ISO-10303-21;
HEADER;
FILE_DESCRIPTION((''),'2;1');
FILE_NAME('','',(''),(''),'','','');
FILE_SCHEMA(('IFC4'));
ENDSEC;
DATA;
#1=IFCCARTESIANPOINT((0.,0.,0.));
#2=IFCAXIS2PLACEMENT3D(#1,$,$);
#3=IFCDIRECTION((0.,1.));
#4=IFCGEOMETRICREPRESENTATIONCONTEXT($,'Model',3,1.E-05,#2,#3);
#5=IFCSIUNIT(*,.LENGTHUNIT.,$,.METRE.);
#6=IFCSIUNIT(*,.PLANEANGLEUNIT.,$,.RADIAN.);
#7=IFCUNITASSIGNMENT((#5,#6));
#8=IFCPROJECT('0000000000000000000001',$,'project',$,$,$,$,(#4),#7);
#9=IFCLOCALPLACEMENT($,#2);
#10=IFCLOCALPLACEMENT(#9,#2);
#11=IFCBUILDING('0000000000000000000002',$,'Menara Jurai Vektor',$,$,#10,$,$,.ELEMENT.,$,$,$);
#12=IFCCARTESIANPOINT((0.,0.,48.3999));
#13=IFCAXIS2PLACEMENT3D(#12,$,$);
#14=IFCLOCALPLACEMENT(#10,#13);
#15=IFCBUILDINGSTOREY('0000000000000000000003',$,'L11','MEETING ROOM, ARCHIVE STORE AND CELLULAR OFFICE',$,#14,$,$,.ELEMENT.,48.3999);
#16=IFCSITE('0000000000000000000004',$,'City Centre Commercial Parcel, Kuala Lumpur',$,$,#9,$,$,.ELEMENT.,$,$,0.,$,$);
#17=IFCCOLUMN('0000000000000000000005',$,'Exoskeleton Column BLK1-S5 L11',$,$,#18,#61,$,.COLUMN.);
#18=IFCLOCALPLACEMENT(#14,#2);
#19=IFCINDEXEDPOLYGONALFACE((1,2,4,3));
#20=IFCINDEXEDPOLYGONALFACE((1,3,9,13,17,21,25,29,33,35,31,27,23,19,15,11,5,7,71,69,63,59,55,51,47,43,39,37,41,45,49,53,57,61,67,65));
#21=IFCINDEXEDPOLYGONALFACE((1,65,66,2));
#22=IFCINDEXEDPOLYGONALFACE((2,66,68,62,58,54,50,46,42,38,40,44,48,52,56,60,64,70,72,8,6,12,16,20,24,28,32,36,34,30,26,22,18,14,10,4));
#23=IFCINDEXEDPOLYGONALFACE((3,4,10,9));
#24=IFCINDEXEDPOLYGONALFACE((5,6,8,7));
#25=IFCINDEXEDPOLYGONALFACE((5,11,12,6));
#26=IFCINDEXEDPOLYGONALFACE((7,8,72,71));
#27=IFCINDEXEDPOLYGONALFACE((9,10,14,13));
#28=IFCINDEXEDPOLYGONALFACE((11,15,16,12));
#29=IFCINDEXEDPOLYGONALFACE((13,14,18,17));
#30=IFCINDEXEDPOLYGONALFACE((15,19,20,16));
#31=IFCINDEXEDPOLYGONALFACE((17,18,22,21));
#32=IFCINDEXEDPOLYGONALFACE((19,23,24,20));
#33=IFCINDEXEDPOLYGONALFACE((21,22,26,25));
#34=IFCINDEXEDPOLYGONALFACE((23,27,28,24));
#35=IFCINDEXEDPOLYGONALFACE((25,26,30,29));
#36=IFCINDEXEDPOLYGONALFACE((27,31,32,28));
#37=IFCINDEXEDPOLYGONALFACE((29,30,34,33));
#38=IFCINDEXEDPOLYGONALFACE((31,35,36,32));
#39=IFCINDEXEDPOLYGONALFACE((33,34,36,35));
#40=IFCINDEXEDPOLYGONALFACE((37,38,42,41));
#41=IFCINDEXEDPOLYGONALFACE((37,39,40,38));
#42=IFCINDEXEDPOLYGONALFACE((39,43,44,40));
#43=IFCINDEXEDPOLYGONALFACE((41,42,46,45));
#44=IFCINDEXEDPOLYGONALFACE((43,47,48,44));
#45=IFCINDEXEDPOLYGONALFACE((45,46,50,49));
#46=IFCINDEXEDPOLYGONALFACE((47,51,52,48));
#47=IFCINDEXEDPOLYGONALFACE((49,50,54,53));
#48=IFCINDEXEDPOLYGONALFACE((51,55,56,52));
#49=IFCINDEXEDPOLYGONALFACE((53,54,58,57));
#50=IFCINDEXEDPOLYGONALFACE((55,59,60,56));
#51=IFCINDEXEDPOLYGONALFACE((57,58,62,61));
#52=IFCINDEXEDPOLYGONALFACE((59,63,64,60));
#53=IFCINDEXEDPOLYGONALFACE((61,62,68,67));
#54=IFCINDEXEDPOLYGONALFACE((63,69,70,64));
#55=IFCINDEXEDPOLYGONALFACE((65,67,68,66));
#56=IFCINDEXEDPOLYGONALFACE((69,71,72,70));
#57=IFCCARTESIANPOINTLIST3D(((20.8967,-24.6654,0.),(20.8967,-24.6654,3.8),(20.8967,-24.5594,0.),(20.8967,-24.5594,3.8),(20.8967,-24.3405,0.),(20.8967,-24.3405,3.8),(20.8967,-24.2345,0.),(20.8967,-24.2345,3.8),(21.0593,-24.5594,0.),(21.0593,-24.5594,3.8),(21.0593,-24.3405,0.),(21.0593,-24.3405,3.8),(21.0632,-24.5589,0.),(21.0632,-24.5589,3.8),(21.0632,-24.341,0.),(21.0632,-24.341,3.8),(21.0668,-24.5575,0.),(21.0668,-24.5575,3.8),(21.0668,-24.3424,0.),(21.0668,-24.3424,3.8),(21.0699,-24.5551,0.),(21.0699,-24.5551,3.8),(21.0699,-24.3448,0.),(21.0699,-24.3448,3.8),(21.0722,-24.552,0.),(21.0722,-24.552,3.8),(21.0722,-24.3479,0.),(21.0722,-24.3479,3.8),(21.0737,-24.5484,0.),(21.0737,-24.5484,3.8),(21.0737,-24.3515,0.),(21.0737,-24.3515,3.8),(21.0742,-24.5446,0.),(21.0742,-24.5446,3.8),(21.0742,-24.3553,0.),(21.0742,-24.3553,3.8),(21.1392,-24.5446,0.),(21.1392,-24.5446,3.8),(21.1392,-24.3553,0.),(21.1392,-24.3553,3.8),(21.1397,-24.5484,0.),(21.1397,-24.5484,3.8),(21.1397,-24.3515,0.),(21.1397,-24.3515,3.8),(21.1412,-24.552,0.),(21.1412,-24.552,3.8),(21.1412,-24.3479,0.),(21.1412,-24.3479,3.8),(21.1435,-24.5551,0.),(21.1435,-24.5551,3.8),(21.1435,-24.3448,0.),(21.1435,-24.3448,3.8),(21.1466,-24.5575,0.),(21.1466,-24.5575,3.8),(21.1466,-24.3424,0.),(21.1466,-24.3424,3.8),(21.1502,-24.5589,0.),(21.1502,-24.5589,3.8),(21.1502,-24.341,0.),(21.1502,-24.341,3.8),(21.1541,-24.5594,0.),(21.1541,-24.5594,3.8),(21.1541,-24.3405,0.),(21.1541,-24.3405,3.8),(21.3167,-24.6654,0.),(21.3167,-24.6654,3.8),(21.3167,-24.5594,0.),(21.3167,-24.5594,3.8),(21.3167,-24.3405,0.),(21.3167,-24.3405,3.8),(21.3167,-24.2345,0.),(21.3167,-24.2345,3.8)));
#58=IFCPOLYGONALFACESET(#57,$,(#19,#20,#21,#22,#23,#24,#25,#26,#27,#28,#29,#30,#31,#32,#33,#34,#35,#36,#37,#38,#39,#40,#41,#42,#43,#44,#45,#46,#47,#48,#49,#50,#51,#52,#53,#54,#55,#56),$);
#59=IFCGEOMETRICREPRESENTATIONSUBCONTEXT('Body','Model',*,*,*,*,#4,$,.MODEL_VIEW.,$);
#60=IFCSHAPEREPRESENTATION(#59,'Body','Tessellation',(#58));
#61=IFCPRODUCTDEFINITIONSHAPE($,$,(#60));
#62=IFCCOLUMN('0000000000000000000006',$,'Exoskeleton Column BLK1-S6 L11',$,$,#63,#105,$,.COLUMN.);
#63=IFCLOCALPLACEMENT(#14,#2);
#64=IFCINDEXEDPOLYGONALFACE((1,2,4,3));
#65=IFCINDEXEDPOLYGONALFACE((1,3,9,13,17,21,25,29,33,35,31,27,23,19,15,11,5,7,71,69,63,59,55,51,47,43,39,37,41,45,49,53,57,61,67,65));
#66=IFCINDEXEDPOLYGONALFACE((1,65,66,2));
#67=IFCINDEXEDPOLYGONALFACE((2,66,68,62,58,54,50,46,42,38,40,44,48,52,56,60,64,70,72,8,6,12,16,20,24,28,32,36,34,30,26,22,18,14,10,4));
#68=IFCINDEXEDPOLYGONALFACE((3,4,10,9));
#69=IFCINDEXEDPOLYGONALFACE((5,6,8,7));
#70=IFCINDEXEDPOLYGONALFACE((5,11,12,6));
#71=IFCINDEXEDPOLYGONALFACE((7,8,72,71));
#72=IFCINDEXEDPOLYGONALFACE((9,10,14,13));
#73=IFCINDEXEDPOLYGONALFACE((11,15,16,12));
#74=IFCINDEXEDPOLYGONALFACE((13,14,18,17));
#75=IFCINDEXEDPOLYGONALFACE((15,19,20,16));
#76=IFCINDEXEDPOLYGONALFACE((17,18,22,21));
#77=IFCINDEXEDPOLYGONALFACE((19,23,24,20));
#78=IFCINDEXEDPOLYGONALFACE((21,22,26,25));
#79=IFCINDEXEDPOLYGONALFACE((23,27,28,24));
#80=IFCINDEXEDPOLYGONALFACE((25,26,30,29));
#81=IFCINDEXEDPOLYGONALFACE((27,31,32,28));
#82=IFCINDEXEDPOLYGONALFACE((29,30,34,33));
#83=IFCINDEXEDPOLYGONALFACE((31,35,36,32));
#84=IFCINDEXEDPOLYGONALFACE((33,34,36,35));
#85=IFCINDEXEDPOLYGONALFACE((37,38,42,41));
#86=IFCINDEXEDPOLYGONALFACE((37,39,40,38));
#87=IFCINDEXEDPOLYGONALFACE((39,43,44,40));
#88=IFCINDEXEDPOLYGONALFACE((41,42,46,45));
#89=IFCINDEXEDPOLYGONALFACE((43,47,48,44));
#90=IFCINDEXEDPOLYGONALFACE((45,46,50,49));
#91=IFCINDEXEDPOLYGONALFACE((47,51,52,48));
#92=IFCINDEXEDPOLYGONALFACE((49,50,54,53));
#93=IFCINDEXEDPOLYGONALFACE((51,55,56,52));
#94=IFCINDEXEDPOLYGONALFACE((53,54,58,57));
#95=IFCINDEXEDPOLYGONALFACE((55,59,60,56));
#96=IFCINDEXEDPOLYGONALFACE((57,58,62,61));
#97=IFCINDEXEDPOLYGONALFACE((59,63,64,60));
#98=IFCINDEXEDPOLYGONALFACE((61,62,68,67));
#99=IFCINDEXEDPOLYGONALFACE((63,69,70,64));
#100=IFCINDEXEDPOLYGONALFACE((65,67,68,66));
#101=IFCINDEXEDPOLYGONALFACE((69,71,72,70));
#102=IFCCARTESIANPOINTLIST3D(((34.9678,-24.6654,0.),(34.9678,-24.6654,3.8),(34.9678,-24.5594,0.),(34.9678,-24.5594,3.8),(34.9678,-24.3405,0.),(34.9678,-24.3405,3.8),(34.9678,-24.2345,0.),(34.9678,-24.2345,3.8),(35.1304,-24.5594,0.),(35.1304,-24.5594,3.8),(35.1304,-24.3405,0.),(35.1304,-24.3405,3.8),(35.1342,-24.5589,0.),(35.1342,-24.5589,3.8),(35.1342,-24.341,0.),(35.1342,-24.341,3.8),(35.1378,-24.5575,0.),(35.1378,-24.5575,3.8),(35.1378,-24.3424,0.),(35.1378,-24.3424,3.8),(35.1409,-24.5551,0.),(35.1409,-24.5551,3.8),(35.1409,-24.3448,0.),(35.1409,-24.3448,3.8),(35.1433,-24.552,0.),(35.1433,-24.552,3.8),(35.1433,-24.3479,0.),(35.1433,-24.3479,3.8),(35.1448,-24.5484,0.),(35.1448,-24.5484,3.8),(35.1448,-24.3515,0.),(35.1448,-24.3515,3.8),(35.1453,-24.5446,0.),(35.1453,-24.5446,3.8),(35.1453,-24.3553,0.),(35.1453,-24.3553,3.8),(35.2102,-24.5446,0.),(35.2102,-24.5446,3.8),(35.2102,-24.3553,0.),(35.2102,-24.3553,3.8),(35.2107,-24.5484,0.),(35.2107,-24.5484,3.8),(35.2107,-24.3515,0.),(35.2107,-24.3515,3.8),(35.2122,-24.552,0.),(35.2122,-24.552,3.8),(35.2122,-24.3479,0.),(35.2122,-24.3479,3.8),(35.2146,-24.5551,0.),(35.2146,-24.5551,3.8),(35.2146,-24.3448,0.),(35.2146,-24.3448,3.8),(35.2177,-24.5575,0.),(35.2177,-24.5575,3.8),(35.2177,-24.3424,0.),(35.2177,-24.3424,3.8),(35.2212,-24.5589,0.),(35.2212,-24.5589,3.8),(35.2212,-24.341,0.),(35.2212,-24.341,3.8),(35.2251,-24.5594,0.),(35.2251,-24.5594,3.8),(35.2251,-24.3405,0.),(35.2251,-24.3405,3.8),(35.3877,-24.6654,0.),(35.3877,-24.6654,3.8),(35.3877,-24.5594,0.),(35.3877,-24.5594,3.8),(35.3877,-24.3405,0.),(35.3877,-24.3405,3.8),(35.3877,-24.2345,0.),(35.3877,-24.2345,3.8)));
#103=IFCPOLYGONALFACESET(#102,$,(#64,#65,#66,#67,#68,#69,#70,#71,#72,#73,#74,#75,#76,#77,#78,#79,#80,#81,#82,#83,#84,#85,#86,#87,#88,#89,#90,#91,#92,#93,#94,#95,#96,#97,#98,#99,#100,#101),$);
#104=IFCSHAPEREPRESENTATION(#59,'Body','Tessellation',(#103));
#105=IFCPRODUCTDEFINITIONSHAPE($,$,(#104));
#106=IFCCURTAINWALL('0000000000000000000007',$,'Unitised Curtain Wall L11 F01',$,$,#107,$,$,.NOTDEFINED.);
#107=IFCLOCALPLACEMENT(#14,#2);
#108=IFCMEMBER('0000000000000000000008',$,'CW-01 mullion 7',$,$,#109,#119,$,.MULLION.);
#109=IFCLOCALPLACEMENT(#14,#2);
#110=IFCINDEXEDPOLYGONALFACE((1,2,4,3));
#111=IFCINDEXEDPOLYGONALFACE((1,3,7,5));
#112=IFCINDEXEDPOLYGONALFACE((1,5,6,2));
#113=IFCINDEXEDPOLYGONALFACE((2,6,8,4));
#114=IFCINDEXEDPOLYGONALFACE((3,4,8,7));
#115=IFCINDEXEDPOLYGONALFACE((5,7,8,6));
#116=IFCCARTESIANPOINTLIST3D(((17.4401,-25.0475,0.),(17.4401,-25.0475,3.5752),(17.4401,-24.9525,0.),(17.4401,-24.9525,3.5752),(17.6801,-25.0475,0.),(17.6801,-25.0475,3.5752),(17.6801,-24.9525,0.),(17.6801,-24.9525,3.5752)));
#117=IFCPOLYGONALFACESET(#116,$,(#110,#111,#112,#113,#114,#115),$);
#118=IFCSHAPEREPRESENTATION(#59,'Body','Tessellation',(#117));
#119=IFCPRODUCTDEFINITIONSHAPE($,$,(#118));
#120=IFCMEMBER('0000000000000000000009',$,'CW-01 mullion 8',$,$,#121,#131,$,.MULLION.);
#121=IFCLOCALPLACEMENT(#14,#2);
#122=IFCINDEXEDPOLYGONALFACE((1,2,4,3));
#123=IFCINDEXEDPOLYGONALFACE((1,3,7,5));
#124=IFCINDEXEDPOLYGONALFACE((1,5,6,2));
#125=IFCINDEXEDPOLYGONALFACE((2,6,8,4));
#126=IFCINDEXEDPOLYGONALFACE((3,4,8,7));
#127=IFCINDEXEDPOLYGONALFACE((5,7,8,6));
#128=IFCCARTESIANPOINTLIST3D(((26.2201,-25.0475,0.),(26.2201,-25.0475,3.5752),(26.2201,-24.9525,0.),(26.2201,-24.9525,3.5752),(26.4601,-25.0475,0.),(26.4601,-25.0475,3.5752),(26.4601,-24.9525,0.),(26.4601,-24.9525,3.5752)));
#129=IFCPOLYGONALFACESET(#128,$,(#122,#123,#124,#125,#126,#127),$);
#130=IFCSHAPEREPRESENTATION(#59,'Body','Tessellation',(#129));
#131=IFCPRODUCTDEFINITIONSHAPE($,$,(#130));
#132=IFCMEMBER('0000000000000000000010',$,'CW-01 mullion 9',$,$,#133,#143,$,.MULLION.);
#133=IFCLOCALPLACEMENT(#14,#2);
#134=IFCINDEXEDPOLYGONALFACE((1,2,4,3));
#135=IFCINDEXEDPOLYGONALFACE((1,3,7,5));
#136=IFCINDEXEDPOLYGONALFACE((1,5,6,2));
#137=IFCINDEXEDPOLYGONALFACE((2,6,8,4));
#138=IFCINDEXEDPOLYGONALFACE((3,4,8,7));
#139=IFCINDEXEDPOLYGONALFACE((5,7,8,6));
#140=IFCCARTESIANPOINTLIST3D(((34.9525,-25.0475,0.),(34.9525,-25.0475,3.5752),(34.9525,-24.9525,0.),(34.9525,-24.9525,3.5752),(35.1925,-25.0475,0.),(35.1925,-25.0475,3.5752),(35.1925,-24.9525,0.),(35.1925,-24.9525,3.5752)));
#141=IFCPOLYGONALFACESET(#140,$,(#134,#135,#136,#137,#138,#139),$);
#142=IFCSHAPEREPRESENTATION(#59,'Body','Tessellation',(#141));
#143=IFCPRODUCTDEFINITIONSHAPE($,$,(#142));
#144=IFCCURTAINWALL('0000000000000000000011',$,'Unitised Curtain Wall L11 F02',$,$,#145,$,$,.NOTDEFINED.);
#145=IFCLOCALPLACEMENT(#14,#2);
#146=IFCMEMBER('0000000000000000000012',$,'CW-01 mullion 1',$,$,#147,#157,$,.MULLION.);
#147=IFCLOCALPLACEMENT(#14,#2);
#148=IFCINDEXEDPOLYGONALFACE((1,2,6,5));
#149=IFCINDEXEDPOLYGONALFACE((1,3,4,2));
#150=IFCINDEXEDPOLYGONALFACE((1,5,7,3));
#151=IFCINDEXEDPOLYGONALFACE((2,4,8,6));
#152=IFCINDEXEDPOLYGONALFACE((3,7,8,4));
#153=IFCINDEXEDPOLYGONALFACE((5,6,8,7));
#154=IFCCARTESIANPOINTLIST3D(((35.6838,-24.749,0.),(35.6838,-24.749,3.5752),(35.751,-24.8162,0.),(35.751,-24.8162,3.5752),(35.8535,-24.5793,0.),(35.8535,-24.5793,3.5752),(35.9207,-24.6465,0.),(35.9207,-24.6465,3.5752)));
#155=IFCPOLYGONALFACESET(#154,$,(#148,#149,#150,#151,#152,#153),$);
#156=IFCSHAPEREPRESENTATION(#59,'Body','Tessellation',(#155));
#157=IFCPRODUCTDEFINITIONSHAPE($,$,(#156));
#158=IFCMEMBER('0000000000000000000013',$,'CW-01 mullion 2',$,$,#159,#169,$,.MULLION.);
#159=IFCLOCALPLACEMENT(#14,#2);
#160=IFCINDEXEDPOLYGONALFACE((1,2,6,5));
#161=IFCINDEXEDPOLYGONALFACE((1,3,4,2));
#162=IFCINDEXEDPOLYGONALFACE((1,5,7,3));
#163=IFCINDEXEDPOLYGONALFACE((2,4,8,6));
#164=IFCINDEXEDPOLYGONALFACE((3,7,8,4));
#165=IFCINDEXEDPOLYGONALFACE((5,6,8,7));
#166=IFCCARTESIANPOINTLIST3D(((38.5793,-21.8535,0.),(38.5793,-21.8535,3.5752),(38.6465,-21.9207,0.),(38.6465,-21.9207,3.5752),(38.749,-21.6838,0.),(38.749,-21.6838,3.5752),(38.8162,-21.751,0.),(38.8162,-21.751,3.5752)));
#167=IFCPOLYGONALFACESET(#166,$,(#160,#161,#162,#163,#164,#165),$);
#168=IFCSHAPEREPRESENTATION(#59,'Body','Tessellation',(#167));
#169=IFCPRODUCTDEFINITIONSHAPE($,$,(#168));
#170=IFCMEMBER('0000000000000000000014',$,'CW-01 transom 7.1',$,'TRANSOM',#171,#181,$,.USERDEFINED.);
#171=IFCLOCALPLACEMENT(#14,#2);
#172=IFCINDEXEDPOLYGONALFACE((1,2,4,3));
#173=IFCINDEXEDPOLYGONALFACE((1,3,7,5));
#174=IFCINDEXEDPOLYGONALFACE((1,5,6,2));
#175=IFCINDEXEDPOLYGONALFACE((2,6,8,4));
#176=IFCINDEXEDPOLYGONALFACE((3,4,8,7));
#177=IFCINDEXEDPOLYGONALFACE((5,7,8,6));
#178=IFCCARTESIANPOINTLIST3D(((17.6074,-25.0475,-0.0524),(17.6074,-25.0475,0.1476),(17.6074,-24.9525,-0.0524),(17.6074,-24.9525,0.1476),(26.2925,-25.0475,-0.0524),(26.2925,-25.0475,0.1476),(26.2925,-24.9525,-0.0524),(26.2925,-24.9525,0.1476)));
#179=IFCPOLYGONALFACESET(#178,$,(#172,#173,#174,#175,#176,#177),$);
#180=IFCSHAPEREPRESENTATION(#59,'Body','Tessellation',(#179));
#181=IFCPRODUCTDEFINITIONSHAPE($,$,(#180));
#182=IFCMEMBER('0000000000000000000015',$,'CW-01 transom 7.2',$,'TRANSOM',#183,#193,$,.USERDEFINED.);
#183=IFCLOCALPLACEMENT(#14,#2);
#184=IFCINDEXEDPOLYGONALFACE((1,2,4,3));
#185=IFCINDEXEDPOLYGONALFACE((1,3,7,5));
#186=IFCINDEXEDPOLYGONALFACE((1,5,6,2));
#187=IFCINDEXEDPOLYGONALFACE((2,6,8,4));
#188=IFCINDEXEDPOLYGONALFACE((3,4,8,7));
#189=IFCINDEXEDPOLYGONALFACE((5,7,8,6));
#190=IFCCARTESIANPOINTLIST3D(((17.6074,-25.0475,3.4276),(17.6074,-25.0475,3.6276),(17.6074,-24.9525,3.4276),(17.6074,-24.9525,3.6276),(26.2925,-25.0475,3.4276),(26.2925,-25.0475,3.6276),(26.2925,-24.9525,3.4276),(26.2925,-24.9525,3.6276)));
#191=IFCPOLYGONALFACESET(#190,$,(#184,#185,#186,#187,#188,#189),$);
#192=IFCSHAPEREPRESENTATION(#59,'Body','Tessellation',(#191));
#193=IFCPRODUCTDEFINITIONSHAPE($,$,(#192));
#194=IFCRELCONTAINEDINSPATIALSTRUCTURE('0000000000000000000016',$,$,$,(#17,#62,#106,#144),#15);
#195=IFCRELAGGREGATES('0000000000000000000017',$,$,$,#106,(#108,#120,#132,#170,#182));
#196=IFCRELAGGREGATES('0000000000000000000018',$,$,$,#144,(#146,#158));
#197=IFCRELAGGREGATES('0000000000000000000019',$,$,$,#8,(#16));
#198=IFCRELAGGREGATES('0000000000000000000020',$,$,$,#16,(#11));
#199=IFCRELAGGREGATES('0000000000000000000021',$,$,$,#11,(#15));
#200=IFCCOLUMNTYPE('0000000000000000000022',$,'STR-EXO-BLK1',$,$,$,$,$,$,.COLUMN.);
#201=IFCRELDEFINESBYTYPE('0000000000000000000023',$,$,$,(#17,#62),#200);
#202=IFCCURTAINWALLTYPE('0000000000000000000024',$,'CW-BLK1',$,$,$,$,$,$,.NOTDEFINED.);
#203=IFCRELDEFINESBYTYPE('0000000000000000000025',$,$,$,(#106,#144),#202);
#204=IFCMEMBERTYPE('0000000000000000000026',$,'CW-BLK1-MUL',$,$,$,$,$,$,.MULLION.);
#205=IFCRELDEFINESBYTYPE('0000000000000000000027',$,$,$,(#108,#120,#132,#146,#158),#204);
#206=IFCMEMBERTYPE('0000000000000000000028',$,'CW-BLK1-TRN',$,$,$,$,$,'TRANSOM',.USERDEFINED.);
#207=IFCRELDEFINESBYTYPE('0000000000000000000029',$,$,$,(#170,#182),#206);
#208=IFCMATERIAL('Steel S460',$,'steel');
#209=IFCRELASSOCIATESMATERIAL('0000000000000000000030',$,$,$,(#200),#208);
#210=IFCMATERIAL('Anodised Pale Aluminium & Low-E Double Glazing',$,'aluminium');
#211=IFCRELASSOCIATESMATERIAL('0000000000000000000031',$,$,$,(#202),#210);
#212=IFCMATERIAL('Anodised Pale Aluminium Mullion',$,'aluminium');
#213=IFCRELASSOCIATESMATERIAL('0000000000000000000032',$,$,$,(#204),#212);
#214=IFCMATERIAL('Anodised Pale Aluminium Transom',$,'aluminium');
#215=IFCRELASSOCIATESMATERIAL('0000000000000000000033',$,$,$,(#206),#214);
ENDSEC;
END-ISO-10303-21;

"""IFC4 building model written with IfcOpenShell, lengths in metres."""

from ifc_helpers import new_model, si_unit, direction, frame, origin, origin_2d, place, context, subcontext, project, spatial, rectangle, i_section, extrude, material, material_profile, profile_set, type_object, element, aggregate, save


model = new_model("IFC4")

# Units and contexts
model_context = context("Model", 3, precision=1e-05, world=origin(), true_north=direction((0.0, 1.0)))
body_context = subcontext(model_context, "Body", "Model", "MODEL_VIEW")
ifc_project = project(units=[si_unit("LENGTHUNIT", "METRE"), si_unit("PLANEANGLEUNIT", "RADIAN")], contexts=[model_context])

# Site, building, storey
site_placement = place(None, origin())
site = spatial("IfcSite", under=ifc_project, at=site_placement, Name="City Centre Commercial Parcel, Kuala Lumpur", CompositionType="ELEMENT", RefElevation=0.0)
building_placement = place(site_placement, origin())
building = spatial("IfcBuilding", under=site, at=building_placement, Name="Menara Jurai Vektor", CompositionType="ELEMENT")
storey_placement = place(building_placement, frame((0.0, 0.0, 48.3999)))
storey = spatial("IfcBuildingStorey", under=building, at=storey_placement, Name="L11", Description="MEETING ROOM, ARCHIVE STORE AND CELLULAR OFFICE", CompositionType="ELEMENT", Elevation=48.3999)

# Columns
ifc_material_1 = material(Name="Steel S460", Category="steel")
ifc_material_profile_1 = material_profile(ifc_material_1, i_section(OverallWidth=0.4199, OverallDepth=0.4309, WebThickness=0.0649, FlangeThickness=0.106, FilletRadius=0.0149, at=origin_2d()), Name="HD 400x900")
ifc_profile_set_1 = profile_set([ifc_material_profile_1], Name="Steel S460")
column_type = type_object("IfcColumnType", Name="STR-EXO-BLK1", PredefinedType="COLUMN", material=ifc_profile_set_1)
for number, where, z_axis, x_axis, name in (
    (1, (21.1067, -24.45, 0.0), (0.0, 0.0, 1.0), (1.0, 0.0, 0.0), "Exoskeleton Column BLK1-S5 L11"),
    (2, (35.1777, -24.45, 0.0), (0.0, 0.0, 1.0), (1.0, 0.0, 0.0), "Exoskeleton Column BLK1-S6 L11"),
):
    element("IfcColumn", number, at=place(storey_placement, frame(where, z_axis=z_axis, x_axis=x_axis)), inside=storey, type_object=column_type, Name=name, PredefinedType="COLUMN", context=body_context, shape_type="SweptSolid", body=[
        extrude(i_section(OverallWidth=0.4199, OverallDepth=0.4309, WebThickness=0.0649, FlangeThickness=0.106, FilletRadius=0.0149, at=origin_2d()), origin(), (0.0, 0.0, 1.0), 3.8),
    ])

# Curtain walls, members
ifc_material_2 = material(Name="Anodised Pale Aluminium & Low-E Double Glazing", Category="aluminium")
curtain_wall_type = type_object("IfcCurtainWallType", Name="CW-BLK1", PredefinedType="NOTDEFINED", material=ifc_material_2)
curtain_wall_1_placement = place(storey_placement, origin())
curtain_wall_1 = element("IfcCurtainWall", 3, at=curtain_wall_1_placement, inside=storey, type_object=curtain_wall_type, Name="Unitised Curtain Wall L11 F01", PredefinedType="NOTDEFINED")
ifc_material_3 = material(Name="Anodised Pale Aluminium Mullion", Category="aluminium")
ifc_material_profile_2 = material_profile(ifc_material_3, rectangle(XDim=0.095, YDim=0.24, at=origin_2d()), Name="ALU MUL 95x240")
ifc_profile_set_2 = profile_set([ifc_material_profile_2], Name="Anodised Pale Aluminium Mullion")
member_type_1 = type_object("IfcMemberType", Name="CW-BLK1-MUL", PredefinedType="MULLION", material=ifc_profile_set_2)
member_1_placement = place(storey_placement, frame((17.5601, -25.0, 0.0), z_axis=(0.0, 0.0, 1.0), x_axis=(0.0, 1.0, 0.0)))
member_1 = element("IfcMember", 4, at=member_1_placement, type_object=member_type_1, Name="CW-01 mullion 7", PredefinedType="MULLION", context=body_context, shape_type="SweptSolid", body=[
    extrude(rectangle(XDim=0.095, YDim=0.24, at=origin_2d()), origin(), (0.0, 0.0, 1.0), 3.5752),
])
member_2_placement = place(storey_placement, frame((26.3401, -25.0, 0.0), z_axis=(0.0, 0.0, 1.0), x_axis=(0.0, 1.0, 0.0)))
member_2 = element("IfcMember", 5, at=member_2_placement, type_object=member_type_1, Name="CW-01 mullion 8", PredefinedType="MULLION", context=body_context, shape_type="SweptSolid", body=[
    extrude(rectangle(XDim=0.095, YDim=0.24, at=origin_2d()), origin(), (0.0, 0.0, 1.0), 3.5752),
])
member_3_placement = place(storey_placement, frame((35.0725, -25.0, 0.0), z_axis=(0.0, 0.0, 1.0), x_axis=(0.0, 1.0, 0.0)))
member_3 = element("IfcMember", 6, at=member_3_placement, type_object=member_type_1, Name="CW-01 mullion 9", PredefinedType="MULLION", context=body_context, shape_type="SweptSolid", body=[
    extrude(rectangle(XDim=0.095, YDim=0.24, at=origin_2d()), origin(), (0.0, 0.0, 1.0), 3.5752),
])
curtain_wall_2_placement = place(storey_placement, origin())
curtain_wall_2 = element("IfcCurtainWall", 7, at=curtain_wall_2_placement, inside=storey, type_object=curtain_wall_type, Name="Unitised Curtain Wall L11 F02", PredefinedType="NOTDEFINED")
member_4_placement = place(storey_placement, frame((35.8022, -24.6978, 0.0), z_axis=(0.0, 0.0, 1.0), x_axis=(-0.707107, 0.707107, 0.0)))
member_4 = element("IfcMember", 8, at=member_4_placement, type_object=member_type_1, Name="CW-01 mullion 1", PredefinedType="MULLION", context=body_context, shape_type="SweptSolid", body=[
    extrude(rectangle(XDim=0.095, YDim=0.24, at=origin_2d()), origin(), (0.0, 0.0, 1.0), 3.5752),
])
member_5_placement = place(storey_placement, frame((38.6978, -21.8022, 0.0), z_axis=(0.0, 0.0, 1.0), x_axis=(-0.707107, 0.707107, 0.0)))
member_5 = element("IfcMember", 9, at=member_5_placement, type_object=member_type_1, Name="CW-01 mullion 2", PredefinedType="MULLION", context=body_context, shape_type="SweptSolid", body=[
    extrude(rectangle(XDim=0.095, YDim=0.24, at=origin_2d()), origin(), (0.0, 0.0, 1.0), 3.5752),
])

# Members
ifc_material_4 = material(Name="Anodised Pale Aluminium Transom", Category="aluminium")
ifc_material_profile_3 = material_profile(ifc_material_4, rectangle(XDim=0.095, YDim=0.2, at=origin_2d()), Name="ALU TRN 95x200")
ifc_profile_set_3 = profile_set([ifc_material_profile_3], Name="Anodised Pale Aluminium Transom")
member_type_2 = type_object("IfcMemberType", Name="CW-BLK1-TRN", ElementType="TRANSOM", PredefinedType="USERDEFINED", material=ifc_profile_set_3)
member_6_placement = place(storey_placement, frame((17.6074, -25.0, 0.0476), z_axis=(1.0, 0.0, 0.0), x_axis=(0.0, 1.0, 0.0)))
member_6 = element("IfcMember", 10, at=member_6_placement, type_object=member_type_2, Name="CW-01 transom 7.1", ObjectType="TRANSOM", PredefinedType="USERDEFINED", context=body_context, shape_type="SweptSolid", body=[
    extrude(rectangle(XDim=0.095, YDim=0.2, at=origin_2d()), origin(), (0.0, 0.0, 1.0), 8.6851),
])
member_7_placement = place(storey_placement, frame((17.6074, -25.0, 3.5276), z_axis=(1.0, 0.0, 0.0), x_axis=(0.0, 1.0, 0.0)))
member_7 = element("IfcMember", 11, at=member_7_placement, type_object=member_type_2, Name="CW-01 transom 7.2", ObjectType="TRANSOM", PredefinedType="USERDEFINED", context=body_context, shape_type="SweptSolid", body=[
    extrude(rectangle(XDim=0.095, YDim=0.2, at=origin_2d()), origin(), (0.0, 0.0, 1.0), 8.6851),
])

aggregate(curtain_wall_1, [member_1, member_2, member_3, member_6, member_7])
aggregate(curtain_wall_2, [member_4, member_5])

save(model, "model.ifc")
